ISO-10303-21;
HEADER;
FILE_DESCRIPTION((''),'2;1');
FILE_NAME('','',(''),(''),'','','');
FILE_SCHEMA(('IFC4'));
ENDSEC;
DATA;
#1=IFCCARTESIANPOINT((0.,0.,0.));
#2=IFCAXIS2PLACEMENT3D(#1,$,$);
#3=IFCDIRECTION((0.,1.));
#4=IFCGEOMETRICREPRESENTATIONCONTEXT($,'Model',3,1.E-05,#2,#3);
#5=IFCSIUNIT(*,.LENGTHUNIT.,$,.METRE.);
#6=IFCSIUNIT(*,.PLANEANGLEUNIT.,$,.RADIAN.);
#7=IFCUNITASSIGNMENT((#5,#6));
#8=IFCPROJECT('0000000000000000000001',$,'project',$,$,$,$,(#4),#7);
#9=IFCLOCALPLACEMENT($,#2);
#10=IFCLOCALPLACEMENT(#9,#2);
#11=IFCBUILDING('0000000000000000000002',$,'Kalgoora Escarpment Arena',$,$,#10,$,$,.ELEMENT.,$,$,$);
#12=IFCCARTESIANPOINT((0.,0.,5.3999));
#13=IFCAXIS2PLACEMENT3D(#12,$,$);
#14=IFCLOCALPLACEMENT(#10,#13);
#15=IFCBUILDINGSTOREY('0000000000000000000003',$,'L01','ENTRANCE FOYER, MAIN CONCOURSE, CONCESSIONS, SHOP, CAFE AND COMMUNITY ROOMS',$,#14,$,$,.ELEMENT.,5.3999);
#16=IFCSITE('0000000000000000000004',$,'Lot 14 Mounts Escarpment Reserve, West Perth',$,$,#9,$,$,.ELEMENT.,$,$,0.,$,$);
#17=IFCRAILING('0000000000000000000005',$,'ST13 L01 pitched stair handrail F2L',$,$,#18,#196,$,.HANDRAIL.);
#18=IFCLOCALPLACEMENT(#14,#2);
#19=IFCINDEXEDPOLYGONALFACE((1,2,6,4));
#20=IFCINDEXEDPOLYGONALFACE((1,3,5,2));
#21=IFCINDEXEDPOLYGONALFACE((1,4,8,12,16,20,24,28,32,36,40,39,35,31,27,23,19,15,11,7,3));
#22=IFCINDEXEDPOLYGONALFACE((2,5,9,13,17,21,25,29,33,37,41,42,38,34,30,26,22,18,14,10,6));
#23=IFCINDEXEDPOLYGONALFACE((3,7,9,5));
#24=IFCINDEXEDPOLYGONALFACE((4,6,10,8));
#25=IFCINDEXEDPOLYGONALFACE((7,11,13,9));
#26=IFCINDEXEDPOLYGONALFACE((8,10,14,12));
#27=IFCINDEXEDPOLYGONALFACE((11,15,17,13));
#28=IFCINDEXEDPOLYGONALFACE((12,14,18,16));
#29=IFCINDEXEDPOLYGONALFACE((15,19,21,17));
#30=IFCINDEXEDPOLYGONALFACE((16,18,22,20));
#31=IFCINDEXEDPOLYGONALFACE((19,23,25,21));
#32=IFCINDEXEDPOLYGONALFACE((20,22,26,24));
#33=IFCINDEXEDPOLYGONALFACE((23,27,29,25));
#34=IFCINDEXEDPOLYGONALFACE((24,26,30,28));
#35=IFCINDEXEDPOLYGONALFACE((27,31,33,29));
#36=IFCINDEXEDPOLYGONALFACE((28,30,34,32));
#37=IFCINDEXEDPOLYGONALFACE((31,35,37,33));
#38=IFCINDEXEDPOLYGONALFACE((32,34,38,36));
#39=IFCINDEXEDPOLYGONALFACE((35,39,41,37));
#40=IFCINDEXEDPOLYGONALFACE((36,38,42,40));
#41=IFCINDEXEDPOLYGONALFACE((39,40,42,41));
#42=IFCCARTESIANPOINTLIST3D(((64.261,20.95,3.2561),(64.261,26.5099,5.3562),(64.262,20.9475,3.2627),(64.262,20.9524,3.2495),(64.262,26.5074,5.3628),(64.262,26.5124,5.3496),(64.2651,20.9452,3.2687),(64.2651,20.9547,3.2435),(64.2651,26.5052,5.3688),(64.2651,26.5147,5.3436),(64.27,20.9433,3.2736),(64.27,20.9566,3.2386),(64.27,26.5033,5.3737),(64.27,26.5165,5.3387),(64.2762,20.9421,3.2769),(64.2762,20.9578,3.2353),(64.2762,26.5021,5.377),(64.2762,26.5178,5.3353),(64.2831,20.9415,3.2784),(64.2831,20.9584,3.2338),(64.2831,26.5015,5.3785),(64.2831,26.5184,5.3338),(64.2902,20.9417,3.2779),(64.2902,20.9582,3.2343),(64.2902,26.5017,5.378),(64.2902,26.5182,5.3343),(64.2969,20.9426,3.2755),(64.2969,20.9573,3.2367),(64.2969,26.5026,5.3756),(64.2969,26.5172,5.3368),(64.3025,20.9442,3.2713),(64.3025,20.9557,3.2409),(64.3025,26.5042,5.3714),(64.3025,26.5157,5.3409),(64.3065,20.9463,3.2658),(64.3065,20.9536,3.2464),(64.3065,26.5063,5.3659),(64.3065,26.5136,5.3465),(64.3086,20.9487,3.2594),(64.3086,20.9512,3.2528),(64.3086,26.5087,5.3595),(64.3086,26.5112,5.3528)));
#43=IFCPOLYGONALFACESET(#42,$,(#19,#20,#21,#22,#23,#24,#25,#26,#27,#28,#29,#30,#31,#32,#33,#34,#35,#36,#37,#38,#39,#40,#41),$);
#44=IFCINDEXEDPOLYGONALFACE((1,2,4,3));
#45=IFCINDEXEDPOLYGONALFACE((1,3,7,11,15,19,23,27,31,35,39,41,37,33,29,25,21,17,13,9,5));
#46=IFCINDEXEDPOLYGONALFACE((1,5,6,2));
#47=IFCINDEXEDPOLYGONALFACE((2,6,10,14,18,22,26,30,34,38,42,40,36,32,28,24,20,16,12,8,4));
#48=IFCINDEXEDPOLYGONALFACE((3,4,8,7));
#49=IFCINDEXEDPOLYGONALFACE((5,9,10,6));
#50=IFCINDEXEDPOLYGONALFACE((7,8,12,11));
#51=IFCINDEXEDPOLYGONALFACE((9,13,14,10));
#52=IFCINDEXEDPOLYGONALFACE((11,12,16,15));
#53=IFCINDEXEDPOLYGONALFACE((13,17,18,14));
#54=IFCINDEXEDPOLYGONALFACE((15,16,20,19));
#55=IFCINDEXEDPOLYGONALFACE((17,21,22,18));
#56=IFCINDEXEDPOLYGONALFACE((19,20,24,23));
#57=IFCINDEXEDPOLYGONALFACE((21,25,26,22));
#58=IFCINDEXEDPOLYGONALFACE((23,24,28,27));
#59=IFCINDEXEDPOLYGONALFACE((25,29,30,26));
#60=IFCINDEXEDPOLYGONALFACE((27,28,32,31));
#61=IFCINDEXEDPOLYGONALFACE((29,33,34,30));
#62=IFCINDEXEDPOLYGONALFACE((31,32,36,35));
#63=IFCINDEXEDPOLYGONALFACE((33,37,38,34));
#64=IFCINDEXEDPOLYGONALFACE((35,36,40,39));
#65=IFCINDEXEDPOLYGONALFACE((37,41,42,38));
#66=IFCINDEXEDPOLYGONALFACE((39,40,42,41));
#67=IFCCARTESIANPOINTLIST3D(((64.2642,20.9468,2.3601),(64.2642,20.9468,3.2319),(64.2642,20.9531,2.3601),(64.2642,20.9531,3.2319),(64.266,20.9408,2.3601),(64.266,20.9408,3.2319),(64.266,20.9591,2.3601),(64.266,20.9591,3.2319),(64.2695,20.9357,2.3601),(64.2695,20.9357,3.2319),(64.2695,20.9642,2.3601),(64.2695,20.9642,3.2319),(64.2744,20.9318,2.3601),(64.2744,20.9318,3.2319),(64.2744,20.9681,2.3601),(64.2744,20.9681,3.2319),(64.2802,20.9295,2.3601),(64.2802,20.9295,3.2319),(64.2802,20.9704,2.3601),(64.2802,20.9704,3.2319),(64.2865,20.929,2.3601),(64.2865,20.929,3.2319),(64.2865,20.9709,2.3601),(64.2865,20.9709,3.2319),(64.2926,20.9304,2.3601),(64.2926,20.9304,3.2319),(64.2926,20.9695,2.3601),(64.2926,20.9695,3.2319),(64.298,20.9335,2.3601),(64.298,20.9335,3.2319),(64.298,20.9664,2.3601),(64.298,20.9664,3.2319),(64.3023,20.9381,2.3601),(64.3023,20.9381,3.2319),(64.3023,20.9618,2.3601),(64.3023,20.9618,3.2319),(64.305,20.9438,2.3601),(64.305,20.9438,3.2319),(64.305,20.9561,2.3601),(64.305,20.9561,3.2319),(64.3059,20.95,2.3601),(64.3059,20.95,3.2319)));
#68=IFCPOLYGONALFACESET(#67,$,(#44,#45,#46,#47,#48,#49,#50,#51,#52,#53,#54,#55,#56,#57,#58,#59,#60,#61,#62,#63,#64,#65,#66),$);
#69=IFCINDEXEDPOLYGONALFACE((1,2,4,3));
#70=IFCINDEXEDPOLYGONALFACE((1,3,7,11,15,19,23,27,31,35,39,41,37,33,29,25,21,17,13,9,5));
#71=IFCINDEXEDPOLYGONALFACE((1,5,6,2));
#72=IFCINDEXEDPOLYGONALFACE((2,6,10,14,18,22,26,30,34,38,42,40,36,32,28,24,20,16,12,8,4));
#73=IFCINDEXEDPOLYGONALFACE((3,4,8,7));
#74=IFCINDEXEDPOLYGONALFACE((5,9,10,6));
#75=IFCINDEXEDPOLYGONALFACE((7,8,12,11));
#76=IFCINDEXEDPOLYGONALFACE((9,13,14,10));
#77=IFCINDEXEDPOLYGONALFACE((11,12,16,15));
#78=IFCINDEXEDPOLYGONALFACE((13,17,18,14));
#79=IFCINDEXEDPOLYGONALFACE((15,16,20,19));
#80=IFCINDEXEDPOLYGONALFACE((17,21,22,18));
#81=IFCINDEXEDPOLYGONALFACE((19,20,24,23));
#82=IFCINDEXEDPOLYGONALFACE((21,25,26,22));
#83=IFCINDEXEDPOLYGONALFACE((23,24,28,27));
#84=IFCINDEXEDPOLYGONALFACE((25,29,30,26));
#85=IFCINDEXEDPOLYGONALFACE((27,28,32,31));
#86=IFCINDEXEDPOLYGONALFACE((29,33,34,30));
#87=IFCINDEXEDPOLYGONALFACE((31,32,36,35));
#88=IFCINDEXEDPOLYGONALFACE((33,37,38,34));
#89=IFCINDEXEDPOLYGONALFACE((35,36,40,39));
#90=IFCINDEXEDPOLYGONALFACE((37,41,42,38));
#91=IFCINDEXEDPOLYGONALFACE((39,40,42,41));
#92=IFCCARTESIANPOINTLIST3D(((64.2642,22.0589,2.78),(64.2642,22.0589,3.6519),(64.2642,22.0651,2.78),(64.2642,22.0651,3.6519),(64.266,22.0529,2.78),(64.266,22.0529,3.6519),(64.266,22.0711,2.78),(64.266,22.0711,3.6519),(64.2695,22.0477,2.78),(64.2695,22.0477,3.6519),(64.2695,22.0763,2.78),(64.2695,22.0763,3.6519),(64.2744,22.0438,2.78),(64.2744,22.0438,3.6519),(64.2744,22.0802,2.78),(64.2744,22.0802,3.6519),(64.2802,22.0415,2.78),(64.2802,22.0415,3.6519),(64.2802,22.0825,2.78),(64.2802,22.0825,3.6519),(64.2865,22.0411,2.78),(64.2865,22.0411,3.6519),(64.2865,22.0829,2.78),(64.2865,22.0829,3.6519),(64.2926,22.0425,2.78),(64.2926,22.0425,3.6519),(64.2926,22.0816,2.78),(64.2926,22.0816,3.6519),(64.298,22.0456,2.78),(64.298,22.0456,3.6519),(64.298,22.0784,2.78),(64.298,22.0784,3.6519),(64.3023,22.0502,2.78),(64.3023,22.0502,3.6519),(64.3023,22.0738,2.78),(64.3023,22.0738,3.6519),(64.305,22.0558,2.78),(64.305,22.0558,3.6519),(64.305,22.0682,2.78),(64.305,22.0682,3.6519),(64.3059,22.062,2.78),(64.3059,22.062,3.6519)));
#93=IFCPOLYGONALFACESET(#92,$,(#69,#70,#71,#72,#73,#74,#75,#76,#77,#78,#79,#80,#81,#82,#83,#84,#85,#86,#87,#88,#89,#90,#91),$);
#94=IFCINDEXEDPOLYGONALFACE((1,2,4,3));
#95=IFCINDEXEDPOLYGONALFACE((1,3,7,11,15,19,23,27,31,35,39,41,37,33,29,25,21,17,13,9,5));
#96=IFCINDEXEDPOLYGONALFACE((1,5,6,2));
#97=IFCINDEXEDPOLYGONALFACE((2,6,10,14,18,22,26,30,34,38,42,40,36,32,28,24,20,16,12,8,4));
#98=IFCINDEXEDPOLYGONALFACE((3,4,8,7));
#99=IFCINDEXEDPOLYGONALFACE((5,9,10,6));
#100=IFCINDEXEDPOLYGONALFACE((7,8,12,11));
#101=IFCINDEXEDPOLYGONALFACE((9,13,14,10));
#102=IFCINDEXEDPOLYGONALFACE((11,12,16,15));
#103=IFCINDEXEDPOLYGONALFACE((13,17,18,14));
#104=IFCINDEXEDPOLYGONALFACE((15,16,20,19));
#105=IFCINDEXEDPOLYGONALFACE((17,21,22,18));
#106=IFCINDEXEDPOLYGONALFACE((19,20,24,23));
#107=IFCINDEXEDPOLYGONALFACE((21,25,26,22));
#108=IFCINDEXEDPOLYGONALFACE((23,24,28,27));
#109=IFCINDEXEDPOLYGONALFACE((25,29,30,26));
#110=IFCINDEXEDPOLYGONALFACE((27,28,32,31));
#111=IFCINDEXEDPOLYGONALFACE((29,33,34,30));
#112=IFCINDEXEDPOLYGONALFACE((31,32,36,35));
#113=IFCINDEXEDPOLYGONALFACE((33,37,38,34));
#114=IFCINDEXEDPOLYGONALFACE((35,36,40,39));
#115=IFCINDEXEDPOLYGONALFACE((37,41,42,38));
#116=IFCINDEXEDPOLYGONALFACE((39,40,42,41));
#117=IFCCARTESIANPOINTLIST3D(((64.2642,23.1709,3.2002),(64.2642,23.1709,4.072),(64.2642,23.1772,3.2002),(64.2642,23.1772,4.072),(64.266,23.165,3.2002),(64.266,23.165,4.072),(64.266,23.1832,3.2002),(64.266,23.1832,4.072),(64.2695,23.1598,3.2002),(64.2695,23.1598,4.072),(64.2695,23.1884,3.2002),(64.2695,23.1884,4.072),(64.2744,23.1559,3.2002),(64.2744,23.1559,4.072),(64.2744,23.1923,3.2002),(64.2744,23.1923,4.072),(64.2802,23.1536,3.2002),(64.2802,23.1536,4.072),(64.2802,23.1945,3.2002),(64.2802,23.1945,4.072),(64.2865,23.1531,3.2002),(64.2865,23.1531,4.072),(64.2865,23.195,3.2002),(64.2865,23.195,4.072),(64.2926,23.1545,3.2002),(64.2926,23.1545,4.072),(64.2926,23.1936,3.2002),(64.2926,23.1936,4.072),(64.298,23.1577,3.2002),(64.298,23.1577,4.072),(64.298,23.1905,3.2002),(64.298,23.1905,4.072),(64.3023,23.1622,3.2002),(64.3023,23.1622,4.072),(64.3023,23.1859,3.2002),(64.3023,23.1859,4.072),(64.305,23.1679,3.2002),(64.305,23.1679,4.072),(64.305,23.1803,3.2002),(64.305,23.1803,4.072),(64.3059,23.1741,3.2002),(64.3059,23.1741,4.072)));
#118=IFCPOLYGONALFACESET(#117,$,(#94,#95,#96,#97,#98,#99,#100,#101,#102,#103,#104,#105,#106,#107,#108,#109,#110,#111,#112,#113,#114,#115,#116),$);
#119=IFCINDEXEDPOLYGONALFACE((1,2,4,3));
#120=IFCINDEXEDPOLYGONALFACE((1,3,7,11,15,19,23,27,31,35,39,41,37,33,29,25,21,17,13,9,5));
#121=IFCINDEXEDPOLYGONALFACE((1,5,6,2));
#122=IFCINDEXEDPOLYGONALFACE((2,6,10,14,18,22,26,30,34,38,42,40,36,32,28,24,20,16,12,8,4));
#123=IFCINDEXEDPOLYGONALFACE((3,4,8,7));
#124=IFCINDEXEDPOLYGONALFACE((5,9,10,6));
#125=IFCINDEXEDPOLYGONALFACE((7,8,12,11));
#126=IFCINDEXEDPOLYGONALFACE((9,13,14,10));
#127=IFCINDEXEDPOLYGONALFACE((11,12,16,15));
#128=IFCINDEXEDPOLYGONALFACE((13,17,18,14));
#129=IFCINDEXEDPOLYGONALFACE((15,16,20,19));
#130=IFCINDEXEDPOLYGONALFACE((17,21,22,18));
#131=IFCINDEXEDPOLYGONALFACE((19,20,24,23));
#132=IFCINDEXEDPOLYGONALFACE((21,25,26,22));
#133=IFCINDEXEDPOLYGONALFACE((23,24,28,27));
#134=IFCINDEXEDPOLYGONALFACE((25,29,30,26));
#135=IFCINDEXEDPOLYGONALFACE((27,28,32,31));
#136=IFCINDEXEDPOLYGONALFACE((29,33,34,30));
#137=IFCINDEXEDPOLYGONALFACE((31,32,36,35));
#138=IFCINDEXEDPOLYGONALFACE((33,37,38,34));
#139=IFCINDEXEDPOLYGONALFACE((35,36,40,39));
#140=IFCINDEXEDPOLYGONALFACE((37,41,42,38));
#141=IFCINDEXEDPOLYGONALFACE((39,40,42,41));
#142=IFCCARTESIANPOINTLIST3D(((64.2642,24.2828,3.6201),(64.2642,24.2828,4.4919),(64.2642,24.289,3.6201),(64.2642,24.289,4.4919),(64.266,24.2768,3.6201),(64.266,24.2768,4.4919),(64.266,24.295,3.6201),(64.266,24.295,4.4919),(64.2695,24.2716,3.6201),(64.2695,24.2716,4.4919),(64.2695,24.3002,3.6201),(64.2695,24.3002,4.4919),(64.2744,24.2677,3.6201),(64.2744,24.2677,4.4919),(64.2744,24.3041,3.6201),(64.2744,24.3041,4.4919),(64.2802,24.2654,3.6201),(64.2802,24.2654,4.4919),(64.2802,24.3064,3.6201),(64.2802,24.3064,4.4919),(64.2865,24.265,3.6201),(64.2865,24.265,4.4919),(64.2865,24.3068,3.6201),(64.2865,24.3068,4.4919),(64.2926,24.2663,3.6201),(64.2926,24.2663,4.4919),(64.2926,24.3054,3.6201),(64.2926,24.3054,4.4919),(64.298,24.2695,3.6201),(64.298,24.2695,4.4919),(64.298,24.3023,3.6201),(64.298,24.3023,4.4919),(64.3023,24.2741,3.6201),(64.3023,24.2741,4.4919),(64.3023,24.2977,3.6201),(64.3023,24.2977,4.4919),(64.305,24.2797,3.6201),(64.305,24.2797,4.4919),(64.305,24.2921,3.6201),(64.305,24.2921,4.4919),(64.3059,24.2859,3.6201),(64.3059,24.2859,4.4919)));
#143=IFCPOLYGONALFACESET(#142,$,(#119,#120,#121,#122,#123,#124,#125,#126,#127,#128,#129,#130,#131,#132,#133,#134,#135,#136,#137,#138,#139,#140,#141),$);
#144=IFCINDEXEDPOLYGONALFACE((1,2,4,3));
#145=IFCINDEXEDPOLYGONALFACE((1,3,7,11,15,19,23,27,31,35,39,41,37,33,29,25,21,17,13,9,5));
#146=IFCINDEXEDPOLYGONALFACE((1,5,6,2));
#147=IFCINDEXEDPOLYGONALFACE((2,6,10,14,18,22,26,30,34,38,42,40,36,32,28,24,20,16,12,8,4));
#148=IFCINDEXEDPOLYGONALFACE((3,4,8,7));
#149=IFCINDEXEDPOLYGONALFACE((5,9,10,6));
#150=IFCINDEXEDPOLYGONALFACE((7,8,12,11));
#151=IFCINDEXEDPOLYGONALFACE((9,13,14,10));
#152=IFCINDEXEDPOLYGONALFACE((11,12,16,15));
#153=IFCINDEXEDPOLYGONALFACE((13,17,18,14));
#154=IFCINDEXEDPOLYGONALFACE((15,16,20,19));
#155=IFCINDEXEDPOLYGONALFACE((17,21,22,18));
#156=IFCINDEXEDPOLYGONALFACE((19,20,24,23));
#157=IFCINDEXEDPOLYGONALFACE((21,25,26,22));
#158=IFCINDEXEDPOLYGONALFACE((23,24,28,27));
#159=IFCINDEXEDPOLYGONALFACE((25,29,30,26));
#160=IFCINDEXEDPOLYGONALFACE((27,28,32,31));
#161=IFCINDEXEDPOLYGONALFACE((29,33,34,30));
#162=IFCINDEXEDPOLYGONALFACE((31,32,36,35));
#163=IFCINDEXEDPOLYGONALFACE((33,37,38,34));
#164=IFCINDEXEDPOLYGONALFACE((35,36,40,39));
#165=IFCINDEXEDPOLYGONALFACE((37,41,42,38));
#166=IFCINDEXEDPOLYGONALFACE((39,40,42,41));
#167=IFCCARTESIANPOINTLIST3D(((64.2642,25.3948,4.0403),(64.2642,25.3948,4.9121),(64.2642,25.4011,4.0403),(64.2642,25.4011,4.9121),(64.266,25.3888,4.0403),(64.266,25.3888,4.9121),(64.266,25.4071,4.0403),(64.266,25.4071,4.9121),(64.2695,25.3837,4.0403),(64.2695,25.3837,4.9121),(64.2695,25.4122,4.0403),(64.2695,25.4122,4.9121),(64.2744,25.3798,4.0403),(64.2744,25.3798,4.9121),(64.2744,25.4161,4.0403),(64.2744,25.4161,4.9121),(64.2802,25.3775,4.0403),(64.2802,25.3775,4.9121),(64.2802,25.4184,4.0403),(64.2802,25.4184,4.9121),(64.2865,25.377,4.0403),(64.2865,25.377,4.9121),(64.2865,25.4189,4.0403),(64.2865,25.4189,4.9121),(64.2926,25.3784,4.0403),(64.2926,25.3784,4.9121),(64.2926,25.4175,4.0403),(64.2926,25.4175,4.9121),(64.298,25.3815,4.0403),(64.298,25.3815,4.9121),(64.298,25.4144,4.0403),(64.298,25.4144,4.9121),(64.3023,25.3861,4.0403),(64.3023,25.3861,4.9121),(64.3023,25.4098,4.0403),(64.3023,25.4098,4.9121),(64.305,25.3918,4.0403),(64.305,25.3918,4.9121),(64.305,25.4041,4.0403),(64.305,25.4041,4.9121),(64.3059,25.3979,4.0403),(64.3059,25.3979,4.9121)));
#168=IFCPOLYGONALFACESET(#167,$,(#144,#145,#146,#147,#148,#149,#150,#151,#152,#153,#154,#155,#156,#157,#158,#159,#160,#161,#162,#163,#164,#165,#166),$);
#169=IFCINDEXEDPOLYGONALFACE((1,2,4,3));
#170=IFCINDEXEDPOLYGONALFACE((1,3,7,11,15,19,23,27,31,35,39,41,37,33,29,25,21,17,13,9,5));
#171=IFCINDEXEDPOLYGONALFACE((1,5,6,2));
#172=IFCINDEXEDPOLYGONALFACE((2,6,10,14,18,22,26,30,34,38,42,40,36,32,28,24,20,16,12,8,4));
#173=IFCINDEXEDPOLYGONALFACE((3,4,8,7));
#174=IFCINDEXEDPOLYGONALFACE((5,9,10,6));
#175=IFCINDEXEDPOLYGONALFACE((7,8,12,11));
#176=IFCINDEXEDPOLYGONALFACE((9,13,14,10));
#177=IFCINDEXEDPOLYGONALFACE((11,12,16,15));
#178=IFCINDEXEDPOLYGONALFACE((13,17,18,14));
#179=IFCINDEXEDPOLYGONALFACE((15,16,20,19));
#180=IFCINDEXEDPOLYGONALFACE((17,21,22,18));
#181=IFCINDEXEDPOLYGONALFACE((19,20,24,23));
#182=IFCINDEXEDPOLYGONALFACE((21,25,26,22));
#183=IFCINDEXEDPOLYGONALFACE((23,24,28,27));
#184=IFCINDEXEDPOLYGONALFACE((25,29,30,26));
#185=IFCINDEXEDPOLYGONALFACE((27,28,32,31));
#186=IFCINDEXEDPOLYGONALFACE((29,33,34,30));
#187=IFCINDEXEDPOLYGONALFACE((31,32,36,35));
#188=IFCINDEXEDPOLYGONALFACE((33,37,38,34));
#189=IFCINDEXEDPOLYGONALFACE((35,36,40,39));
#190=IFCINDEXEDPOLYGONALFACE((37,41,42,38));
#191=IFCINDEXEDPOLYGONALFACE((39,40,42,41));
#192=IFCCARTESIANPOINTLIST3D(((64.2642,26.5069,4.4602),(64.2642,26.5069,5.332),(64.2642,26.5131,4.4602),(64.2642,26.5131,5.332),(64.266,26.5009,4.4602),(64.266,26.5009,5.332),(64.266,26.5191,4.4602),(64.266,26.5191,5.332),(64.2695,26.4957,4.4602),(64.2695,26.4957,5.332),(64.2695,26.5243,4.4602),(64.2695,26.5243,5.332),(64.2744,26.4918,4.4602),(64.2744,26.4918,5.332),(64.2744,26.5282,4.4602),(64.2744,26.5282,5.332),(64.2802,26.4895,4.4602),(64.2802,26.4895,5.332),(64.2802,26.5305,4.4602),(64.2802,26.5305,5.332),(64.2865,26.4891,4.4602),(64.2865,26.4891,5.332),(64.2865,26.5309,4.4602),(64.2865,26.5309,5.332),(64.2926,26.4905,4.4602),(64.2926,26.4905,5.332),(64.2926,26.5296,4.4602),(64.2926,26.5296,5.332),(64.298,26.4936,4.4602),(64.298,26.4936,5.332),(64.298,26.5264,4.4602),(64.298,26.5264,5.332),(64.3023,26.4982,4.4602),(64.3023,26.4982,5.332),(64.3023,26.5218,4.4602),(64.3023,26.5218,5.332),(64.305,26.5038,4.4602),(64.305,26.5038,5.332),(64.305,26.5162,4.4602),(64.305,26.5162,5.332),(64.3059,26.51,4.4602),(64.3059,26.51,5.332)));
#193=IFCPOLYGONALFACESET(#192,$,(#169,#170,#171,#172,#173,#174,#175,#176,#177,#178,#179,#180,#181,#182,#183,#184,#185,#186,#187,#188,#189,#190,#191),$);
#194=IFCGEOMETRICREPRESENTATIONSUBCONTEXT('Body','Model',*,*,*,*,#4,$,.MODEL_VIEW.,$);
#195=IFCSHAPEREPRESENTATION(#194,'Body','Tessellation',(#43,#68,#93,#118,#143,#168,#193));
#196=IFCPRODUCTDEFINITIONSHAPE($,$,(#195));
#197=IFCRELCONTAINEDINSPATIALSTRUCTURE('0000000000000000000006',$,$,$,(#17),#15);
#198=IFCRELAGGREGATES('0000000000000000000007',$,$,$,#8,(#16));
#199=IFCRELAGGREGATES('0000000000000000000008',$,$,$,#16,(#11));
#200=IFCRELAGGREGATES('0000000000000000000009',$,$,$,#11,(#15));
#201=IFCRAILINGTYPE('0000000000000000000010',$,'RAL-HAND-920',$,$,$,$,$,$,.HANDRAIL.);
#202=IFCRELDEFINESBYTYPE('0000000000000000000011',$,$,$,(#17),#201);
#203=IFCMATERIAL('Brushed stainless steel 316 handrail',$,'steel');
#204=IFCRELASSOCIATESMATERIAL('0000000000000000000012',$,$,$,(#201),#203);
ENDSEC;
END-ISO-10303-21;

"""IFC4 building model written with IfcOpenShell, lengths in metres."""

from ifc_helpers import new_model, si_unit, direction, frame, origin, origin_2d, place, context, subcontext, project, spatial, circle, extrude, material, type_object, element, save


model = new_model("IFC4")

# Units and contexts
model_context = context("Model", 3, precision=1e-05, world=origin(), true_north=direction((0.0, 1.0)))
body_context = subcontext(model_context, "Body", "Model", "MODEL_VIEW")
ifc_project = project(units=[si_unit("LENGTHUNIT", "METRE"), si_unit("PLANEANGLEUNIT", "RADIAN")], contexts=[model_context])

# Site, building, storey
site_placement = place(None, origin())
site = spatial("IfcSite", under=ifc_project, at=site_placement, Name="Lot 14 Mounts Escarpment Reserve, West Perth", CompositionType="ELEMENT", RefElevation=0.0)
building_placement = place(site_placement, origin())
building = spatial("IfcBuilding", under=site, at=building_placement, Name="Kalgoora Escarpment Arena", CompositionType="ELEMENT")
storey_placement = place(building_placement, frame((0.0, 0.0, 5.3999)))
storey = spatial("IfcBuildingStorey", under=building, at=storey_placement, Name="L01", Description="ENTRANCE FOYER, MAIN CONCOURSE, CONCESSIONS, SHOP, CAFE AND COMMUNITY ROOMS", CompositionType="ELEMENT", Elevation=5.3999)

# Railing
ifc_material_1 = material(Name="Brushed stainless steel 316 handrail", Category="steel")
railing_type_1 = type_object("IfcRailingType", Name="RAL-HAND-920", PredefinedType="HANDRAIL", material=ifc_material_1)
for number, where, name in (
    (1, (64.2849, 20.95, 2.3601), "ST13 L01 pitched stair handrail F2L"),
):
    element("IfcRailing", number, at=place(storey_placement, frame(where)), inside=storey, type_object=railing_type_1, Name=name, PredefinedType="HANDRAIL", context=body_context, shape_type="SweptSolid", body=[
        extrude(circle(Radius=0.0239, at=origin_2d()), frame((0.0, 0.0, 0.896), z_axis=(0.0, 0.935493, 0.353346), x_axis=(-1.0, 0.0, 0.0)), (0.0, 0.0, 1.0), 5.9434),
        extrude(circle(Radius=0.021, at=origin_2d()), origin(), (0.0, 0.0, 1.0), 0.8718),
        extrude(circle(Radius=0.021, at=origin_2d()), frame((0.0, 1.1121, 0.4199)), (0.0, 0.0, 1.0), 0.8718),
        extrude(circle(Radius=0.021, at=origin_2d()), frame((0.0, 2.2241, 0.8401)), (0.0, 0.0, 1.0), 0.8718),
        extrude(circle(Radius=0.021, at=origin_2d()), frame((0.0, 3.3359, 1.26)), (0.0, 0.0, 1.0), 0.8718),
        extrude(circle(Radius=0.021, at=origin_2d()), frame((0.0, 4.448, 1.6802)), (0.0, 0.0, 1.0), 0.8718),
        extrude(circle(Radius=0.021, at=origin_2d()), frame((0.0, 5.5601, 2.1001)), (0.0, 0.0, 1.0), 0.8718),
    ])

save(model, "model.ifc")
